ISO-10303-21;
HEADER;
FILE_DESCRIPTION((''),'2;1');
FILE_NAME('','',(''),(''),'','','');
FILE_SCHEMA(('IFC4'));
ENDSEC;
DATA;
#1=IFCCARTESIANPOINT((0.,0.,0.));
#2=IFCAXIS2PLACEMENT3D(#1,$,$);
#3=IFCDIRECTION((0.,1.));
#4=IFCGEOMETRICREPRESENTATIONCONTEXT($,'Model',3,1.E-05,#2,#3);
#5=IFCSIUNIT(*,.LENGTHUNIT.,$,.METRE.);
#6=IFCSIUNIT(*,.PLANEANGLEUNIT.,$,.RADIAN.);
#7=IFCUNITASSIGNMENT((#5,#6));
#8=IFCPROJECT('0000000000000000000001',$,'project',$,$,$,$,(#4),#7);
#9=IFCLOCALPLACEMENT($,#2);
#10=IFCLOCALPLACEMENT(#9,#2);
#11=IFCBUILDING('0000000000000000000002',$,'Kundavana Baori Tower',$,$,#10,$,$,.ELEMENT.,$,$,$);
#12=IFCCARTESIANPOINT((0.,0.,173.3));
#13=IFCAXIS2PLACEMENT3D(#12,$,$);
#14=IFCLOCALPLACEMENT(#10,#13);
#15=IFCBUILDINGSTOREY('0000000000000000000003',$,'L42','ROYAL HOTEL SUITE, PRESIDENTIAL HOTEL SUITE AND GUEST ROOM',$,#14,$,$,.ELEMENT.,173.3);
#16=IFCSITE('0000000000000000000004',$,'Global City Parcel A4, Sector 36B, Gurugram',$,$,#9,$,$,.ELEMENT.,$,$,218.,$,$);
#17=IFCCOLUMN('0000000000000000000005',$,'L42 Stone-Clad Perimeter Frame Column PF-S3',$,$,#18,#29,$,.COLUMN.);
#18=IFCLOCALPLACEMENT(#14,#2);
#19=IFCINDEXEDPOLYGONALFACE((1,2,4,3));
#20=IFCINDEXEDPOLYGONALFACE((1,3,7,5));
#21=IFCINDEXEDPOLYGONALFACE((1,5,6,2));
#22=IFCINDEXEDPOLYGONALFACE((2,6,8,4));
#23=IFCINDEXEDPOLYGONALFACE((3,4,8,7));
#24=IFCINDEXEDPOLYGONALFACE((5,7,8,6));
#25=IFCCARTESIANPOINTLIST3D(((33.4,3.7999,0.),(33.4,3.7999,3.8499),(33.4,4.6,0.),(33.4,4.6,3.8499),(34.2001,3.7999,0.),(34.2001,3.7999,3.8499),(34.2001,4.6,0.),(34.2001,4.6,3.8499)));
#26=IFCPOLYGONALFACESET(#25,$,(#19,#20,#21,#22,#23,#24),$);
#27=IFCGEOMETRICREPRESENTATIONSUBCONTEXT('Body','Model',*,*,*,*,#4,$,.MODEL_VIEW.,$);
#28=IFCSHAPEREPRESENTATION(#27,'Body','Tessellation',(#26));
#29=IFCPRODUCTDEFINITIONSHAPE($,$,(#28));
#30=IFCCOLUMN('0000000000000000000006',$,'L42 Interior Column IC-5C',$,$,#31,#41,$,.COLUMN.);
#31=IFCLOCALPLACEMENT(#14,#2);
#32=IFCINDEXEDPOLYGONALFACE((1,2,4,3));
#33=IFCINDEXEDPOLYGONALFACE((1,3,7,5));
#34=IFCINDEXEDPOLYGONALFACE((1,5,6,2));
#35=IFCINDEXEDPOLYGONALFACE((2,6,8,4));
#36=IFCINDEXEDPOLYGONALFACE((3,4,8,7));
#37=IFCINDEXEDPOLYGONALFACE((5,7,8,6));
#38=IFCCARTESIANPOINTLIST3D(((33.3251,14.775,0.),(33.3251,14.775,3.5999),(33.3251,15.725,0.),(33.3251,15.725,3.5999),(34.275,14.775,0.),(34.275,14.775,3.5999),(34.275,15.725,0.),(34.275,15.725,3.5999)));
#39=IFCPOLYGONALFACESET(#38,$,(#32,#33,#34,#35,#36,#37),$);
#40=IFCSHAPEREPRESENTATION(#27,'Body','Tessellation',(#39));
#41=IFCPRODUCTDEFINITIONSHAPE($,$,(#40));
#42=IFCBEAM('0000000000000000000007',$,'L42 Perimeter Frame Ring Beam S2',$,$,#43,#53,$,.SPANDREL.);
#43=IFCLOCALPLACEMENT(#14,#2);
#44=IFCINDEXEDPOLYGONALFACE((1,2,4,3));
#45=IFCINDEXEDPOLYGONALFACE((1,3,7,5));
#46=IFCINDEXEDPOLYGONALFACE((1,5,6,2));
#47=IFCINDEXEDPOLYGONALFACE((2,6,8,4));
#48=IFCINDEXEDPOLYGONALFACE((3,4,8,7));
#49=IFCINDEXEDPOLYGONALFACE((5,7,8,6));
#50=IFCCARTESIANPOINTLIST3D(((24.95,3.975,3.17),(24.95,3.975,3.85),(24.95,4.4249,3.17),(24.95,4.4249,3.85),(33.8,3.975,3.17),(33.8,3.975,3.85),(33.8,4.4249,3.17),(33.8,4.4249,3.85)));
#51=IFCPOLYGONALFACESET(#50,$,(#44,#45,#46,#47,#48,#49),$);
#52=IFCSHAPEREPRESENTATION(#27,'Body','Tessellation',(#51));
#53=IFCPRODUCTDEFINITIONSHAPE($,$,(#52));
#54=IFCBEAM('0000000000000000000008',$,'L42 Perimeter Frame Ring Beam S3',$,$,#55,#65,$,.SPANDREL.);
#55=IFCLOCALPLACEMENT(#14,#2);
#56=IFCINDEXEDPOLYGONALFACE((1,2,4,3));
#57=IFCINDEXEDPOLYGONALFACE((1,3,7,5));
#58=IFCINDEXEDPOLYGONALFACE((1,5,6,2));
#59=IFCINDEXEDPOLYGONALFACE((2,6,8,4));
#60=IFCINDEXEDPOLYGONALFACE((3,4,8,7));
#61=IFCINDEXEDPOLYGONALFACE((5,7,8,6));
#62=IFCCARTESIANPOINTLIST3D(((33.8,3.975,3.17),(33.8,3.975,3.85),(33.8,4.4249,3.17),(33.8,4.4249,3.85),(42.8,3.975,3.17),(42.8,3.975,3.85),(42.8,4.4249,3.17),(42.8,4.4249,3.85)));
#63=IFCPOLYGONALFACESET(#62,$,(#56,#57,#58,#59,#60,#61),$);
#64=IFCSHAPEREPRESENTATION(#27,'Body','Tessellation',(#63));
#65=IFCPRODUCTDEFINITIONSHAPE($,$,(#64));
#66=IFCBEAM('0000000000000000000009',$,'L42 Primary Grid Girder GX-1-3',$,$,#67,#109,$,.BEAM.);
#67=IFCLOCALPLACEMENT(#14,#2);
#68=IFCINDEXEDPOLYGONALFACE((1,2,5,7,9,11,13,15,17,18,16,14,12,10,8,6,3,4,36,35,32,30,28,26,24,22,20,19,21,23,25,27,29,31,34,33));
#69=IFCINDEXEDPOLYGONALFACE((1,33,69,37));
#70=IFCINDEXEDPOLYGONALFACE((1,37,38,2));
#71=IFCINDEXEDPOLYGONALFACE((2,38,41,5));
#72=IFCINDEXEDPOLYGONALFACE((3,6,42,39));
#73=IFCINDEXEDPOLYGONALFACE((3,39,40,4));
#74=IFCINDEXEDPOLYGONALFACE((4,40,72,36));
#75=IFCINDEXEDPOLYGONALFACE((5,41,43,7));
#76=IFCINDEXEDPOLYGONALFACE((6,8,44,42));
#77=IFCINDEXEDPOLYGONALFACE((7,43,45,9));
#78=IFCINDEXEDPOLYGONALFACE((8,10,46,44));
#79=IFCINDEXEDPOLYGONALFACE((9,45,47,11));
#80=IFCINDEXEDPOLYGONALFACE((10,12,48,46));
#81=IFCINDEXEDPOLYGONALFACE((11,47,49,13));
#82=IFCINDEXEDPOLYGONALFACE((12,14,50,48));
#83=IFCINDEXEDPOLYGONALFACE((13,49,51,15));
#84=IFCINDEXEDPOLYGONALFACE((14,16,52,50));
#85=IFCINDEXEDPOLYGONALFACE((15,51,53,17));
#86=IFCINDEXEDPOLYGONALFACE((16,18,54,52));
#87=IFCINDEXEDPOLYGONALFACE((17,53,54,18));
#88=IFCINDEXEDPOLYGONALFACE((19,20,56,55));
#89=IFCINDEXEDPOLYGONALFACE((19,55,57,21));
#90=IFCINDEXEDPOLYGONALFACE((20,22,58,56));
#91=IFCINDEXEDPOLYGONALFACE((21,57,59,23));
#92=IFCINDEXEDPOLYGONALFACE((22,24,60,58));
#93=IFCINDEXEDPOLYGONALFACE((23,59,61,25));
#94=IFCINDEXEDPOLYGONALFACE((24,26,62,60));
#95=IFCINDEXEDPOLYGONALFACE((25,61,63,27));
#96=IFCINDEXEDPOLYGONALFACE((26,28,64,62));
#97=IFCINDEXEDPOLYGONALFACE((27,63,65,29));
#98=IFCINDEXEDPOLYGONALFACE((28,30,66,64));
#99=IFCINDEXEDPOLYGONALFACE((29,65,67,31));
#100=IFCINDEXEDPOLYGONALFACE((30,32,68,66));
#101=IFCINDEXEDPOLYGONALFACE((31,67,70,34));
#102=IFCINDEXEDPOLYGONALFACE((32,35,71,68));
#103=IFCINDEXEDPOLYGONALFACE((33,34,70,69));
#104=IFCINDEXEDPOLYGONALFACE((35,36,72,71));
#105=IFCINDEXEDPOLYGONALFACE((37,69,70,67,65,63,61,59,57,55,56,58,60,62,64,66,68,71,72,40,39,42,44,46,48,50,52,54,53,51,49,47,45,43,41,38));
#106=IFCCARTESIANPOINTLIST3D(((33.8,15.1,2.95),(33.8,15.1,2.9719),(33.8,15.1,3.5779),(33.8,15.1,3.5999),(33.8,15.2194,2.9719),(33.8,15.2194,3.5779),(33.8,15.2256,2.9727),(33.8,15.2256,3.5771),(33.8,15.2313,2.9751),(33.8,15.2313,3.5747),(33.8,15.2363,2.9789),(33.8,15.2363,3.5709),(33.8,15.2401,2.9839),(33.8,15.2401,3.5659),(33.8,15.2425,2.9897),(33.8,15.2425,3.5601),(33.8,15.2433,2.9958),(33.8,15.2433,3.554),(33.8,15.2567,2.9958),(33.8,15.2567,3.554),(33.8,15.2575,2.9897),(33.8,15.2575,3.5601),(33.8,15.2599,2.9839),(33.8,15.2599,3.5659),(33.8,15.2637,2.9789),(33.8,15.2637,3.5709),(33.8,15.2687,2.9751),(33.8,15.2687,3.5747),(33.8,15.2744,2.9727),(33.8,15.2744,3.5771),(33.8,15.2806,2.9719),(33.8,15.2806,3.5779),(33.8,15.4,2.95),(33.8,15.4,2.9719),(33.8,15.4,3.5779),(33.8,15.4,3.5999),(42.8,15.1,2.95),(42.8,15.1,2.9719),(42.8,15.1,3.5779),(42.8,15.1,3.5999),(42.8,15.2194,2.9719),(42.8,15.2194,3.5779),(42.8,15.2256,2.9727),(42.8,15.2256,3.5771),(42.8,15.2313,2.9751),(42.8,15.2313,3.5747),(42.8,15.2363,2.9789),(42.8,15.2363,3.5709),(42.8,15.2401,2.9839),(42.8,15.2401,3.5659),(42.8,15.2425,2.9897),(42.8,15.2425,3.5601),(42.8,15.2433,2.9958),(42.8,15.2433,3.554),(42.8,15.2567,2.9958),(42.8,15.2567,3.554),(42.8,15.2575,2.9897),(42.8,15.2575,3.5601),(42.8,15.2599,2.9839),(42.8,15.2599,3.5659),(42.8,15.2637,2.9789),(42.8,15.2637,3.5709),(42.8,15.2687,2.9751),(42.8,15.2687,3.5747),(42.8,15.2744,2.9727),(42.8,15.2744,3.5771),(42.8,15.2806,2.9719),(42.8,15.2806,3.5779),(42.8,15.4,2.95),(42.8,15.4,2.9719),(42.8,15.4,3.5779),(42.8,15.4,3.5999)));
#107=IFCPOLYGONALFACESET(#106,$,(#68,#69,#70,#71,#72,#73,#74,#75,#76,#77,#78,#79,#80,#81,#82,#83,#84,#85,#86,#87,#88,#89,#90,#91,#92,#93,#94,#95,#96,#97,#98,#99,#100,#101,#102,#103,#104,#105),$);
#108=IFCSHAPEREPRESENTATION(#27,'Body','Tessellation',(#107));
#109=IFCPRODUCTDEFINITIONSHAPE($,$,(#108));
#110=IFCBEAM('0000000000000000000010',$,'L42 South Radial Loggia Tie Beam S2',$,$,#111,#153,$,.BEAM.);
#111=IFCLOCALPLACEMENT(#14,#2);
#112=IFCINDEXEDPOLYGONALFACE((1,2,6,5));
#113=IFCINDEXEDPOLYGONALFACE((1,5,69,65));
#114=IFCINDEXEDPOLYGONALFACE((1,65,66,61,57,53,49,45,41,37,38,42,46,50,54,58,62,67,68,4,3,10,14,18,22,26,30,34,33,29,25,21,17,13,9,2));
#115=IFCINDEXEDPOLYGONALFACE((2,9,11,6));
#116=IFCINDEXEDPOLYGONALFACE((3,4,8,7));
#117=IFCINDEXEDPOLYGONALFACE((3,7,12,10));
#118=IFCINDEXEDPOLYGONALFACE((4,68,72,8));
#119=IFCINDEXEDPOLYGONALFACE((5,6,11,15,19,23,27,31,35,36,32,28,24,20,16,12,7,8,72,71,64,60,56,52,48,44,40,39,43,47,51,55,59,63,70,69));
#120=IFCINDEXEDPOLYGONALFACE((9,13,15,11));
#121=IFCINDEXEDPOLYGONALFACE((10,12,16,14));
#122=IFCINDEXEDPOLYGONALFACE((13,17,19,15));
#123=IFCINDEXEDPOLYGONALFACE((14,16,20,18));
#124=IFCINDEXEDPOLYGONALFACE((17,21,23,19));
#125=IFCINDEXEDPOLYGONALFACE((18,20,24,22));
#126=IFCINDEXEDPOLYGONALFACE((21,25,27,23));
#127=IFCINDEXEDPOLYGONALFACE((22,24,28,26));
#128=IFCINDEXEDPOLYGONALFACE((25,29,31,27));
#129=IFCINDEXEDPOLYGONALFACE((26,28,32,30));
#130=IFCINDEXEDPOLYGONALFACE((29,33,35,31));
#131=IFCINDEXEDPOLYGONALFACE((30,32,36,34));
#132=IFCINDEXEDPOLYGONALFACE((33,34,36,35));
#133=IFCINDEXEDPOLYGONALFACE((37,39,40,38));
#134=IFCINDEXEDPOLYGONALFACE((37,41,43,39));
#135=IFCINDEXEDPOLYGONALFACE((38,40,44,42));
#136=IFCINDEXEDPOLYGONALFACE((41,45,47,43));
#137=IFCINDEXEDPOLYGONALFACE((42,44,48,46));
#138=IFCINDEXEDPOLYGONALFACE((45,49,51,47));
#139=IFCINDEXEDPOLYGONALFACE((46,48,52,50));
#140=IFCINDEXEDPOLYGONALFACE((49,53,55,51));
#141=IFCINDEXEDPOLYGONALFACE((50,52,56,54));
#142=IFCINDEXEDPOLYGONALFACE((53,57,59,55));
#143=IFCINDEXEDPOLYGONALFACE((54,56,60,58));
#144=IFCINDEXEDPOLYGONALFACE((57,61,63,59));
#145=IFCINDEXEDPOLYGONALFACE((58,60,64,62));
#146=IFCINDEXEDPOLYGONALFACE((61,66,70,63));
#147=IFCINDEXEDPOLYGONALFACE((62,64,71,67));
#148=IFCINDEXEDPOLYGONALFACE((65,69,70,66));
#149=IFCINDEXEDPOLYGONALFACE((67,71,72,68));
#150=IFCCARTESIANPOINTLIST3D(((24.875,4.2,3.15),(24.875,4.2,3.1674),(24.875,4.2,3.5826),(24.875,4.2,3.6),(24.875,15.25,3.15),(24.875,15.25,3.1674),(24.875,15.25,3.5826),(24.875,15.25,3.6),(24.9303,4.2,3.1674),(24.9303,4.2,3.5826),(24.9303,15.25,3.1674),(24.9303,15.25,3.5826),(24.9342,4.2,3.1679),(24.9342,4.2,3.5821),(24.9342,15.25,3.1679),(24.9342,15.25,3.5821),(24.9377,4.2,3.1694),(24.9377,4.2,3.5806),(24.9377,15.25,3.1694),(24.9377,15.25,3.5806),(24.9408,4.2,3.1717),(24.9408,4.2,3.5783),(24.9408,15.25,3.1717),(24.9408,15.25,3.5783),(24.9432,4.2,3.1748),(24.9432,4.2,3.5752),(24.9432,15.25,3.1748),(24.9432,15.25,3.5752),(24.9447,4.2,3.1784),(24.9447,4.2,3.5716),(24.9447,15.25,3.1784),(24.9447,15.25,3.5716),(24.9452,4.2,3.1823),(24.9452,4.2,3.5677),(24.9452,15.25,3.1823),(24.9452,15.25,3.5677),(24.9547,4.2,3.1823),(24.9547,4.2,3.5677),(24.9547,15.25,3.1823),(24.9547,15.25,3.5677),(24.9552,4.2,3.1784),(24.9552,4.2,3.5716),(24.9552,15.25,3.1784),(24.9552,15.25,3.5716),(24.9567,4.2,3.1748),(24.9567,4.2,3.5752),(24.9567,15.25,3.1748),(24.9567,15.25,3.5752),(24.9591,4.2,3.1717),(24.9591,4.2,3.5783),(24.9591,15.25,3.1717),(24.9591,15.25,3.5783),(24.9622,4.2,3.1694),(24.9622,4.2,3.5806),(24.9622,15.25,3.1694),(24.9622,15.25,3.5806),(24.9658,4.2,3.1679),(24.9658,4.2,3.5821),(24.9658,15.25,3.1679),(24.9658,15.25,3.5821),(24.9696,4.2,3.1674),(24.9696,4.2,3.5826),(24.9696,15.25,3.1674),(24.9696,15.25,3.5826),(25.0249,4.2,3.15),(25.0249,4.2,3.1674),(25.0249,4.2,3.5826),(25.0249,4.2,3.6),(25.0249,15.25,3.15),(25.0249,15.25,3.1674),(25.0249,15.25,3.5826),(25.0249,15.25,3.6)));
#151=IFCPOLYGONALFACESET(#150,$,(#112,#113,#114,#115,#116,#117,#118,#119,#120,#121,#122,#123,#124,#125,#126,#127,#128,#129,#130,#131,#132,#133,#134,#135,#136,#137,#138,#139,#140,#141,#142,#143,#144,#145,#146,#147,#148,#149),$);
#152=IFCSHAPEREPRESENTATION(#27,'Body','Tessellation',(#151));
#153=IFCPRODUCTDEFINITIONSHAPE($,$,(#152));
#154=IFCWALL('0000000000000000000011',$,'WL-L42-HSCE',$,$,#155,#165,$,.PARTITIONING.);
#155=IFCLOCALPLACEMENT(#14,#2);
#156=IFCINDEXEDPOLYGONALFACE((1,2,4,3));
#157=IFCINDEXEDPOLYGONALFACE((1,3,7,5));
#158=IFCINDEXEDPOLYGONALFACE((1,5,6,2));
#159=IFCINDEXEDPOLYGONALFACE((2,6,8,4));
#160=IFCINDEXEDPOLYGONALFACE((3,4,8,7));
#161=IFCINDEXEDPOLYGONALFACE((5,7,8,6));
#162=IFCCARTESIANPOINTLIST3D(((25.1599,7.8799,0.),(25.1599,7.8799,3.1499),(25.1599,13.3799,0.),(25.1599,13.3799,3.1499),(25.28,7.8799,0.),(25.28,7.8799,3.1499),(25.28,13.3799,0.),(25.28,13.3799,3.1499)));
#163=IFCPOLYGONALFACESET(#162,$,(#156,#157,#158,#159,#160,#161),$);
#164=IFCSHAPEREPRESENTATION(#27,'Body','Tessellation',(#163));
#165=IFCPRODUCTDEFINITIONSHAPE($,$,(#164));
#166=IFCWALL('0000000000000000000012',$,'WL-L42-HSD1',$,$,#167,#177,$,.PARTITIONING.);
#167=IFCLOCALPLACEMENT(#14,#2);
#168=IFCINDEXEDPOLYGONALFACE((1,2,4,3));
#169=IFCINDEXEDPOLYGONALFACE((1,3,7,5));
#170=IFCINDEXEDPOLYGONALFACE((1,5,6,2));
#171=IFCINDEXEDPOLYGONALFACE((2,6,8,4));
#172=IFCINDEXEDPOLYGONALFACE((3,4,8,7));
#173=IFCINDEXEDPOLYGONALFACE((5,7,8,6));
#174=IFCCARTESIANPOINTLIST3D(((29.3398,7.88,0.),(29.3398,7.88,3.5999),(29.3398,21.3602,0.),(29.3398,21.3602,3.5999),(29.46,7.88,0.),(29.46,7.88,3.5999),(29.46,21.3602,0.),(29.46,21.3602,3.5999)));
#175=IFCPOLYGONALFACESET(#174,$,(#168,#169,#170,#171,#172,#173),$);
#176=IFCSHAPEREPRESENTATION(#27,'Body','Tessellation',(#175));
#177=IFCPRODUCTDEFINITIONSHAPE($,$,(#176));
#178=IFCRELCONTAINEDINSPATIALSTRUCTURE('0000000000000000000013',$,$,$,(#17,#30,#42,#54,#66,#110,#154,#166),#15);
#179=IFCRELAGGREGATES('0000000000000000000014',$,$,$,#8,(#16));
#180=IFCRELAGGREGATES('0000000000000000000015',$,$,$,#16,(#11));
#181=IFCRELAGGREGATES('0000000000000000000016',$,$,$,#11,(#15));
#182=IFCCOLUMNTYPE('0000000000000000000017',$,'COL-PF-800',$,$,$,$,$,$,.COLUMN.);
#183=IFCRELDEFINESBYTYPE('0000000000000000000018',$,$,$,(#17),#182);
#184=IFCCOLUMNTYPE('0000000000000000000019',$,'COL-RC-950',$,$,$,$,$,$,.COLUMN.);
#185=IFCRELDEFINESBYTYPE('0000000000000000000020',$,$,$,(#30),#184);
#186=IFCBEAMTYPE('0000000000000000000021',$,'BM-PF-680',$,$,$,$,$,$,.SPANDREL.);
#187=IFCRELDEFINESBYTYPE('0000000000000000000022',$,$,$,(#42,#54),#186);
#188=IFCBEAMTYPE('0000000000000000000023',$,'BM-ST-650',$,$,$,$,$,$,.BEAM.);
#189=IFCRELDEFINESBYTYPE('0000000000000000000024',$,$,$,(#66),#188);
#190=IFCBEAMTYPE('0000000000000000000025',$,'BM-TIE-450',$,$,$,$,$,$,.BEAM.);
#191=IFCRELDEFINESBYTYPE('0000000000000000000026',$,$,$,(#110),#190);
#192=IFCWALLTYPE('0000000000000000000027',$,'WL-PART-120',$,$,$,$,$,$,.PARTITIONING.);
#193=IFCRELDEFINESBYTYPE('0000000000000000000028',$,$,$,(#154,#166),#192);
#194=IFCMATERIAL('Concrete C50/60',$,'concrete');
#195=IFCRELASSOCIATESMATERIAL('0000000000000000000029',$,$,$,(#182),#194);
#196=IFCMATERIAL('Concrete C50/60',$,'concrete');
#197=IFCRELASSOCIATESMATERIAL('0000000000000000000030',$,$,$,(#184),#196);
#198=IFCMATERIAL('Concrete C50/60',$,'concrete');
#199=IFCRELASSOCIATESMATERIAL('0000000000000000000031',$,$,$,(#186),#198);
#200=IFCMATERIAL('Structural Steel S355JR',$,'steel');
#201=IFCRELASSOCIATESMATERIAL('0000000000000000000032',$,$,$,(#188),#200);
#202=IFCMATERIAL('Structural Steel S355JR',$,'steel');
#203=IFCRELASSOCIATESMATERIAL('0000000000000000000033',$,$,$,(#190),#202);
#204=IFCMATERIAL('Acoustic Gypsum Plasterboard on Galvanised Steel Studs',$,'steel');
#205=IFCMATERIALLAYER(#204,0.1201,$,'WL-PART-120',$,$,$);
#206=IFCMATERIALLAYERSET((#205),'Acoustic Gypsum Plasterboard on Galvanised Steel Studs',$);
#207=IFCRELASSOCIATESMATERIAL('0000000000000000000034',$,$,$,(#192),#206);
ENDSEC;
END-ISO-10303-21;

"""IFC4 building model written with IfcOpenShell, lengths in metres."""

from ifc_helpers import new_model, si_unit, direction, frame, frame_2d, origin, origin_2d, place, context, subcontext, project, spatial, rectangle, i_section, extrude, material, layer, layer_set, material_profile, profile_set, type_object, element, save


model = new_model("IFC4")

# Units and contexts
model_context = context("Model", 3, precision=1e-05, world=origin(), true_north=direction((0.0, 1.0)))
body_context = subcontext(model_context, "Body", "Model", "MODEL_VIEW")
ifc_project = project(units=[si_unit("LENGTHUNIT", "METRE"), si_unit("PLANEANGLEUNIT", "RADIAN")], contexts=[model_context])

# Site, building, storey
site_placement = place(None, origin())
site = spatial("IfcSite", under=ifc_project, at=site_placement, Name="Global City Parcel A4, Sector 36B, Gurugram", CompositionType="ELEMENT", RefElevation=218.0)
building_placement = place(site_placement, origin())
building = spatial("IfcBuilding", under=site, at=building_placement, Name="Kundavana Baori Tower", CompositionType="ELEMENT")
storey_placement = place(building_placement, frame((0.0, 0.0, 173.3)))
storey = spatial("IfcBuildingStorey", under=building, at=storey_placement, Name="L42", Description="ROYAL HOTEL SUITE, PRESIDENTIAL HOTEL SUITE AND GUEST ROOM", CompositionType="ELEMENT", Elevation=173.3)

# Columns
ifc_material_1 = material(Name="Concrete C50/60", Category="concrete")
ifc_material_profile_1 = material_profile(ifc_material_1, rectangle(XDim=0.8, YDim=0.8, at=origin_2d()), Name="RC PF 800x800")
ifc_profile_set_1 = profile_set([ifc_material_profile_1], Name="Concrete C50/60")
column_type_1 = type_object("IfcColumnType", Name="COL-PF-800", PredefinedType="COLUMN", material=ifc_profile_set_1)
column_1_placement = place(storey_placement, frame((33.8, 4.2, 0.0), z_axis=(0.0, 0.0, 1.0), x_axis=(1.0, 0.0, 0.0)))
element("IfcColumn", 1, at=column_1_placement, inside=storey, type_object=column_type_1, Name="L42 Stone-Clad Perimeter Frame Column PF-S3", PredefinedType="COLUMN", context=body_context, shape_type="SweptSolid", body=[
    extrude(rectangle(XDim=0.8, YDim=0.8, at=origin_2d()), origin(), (0.0, 0.0, 1.0), 3.8499),
])
ifc_material_2 = material(Name="Concrete C50/60", Category="concrete")
ifc_material_profile_2 = material_profile(ifc_material_2, rectangle(XDim=0.95, YDim=0.95, at=origin_2d()), Name="RC 950x950")
ifc_profile_set_2 = profile_set([ifc_material_profile_2], Name="Concrete C50/60")
column_type_2 = type_object("IfcColumnType", Name="COL-RC-950", PredefinedType="COLUMN", material=ifc_profile_set_2)
column_2_placement = place(storey_placement, frame((33.8, 15.25, 0.0), z_axis=(0.0, 0.0, 1.0), x_axis=(1.0, 0.0, 0.0)))
element("IfcColumn", 2, at=column_2_placement, inside=storey, type_object=column_type_2, Name="L42 Interior Column IC-5C", PredefinedType="COLUMN", context=body_context, shape_type="SweptSolid", body=[
    extrude(rectangle(XDim=0.95, YDim=0.95, at=origin_2d()), origin(), (0.0, 0.0, 1.0), 3.5999),
])

# Beams
ifc_material_3 = material(Name="Concrete C50/60", Category="concrete")
ifc_material_profile_3 = material_profile(ifc_material_3, rectangle(XDim=0.45, YDim=0.6799, at=origin_2d()), Name="RC BM 450x680")
ifc_profile_set_3 = profile_set([ifc_material_profile_3], Name="Concrete C50/60")
beam_type_1 = type_object("IfcBeamType", Name="BM-PF-680", PredefinedType="SPANDREL", material=ifc_profile_set_3)
beam_1_placement = place(storey_placement, frame((24.95, 4.2, 3.51), z_axis=(1.0, 0.0, 0.0), x_axis=(0.0, 1.0, 0.0)))
element("IfcBeam", 3, at=beam_1_placement, inside=storey, type_object=beam_type_1, Name="L42 Perimeter Frame Ring Beam S2", PredefinedType="SPANDREL", context=body_context, shape_type="SweptSolid", body=[
    extrude(rectangle(XDim=0.45, YDim=0.6799, at=origin_2d()), origin(), (0.0, 0.0, 1.0), 8.8501),
])
beam_2_placement = place(storey_placement, frame((33.8, 4.2, 3.51), z_axis=(1.0, 0.0, 0.0), x_axis=(0.0, 1.0, 0.0)))
element("IfcBeam", 4, at=beam_2_placement, inside=storey, type_object=beam_type_1, Name="L42 Perimeter Frame Ring Beam S3", PredefinedType="SPANDREL", context=body_context, shape_type="SweptSolid", body=[
    extrude(rectangle(XDim=0.45, YDim=0.6799, at=origin_2d()), origin(), (0.0, 0.0, 1.0), 9.0),
])
ifc_material_4 = material(Name="Structural Steel S355JR", Category="steel")
ifc_material_profile_4 = material_profile(ifc_material_4, i_section(OverallWidth=0.3, OverallDepth=0.6499, WebThickness=0.0134, FlangeThickness=0.022, FilletRadius=0.0239, at=origin_2d()), Name="NPB 650x300x155")
ifc_profile_set_4 = profile_set([ifc_material_profile_4], Name="Structural Steel S355JR")
beam_type_2 = type_object("IfcBeamType", Name="BM-ST-650", PredefinedType="BEAM", material=ifc_profile_set_4)
beam_3_placement = place(storey_placement, frame((33.8, 15.25, 3.2749), z_axis=(1.0, 0.0, 0.0), x_axis=(0.0, 1.0, 0.0)))
element("IfcBeam", 5, at=beam_3_placement, inside=storey, type_object=beam_type_2, Name="L42 Primary Grid Girder GX-1-3", PredefinedType="BEAM", context=body_context, shape_type="SweptSolid", body=[
    extrude(i_section(OverallWidth=0.3, OverallDepth=0.6499, WebThickness=0.0134, FlangeThickness=0.022, FilletRadius=0.0239, at=origin_2d()), origin(), (0.0, 0.0, 1.0), 9.0),
])
ifc_material_5 = material(Name="Structural Steel S355JR", Category="steel")
ifc_material_profile_5 = material_profile(ifc_material_5, i_section(OverallWidth=0.1499, OverallDepth=0.45, WebThickness=0.0095, FlangeThickness=0.0173, FilletRadius=0.0149, at=origin_2d()), Name="ISMB 450")
ifc_profile_set_5 = profile_set([ifc_material_profile_5], Name="Structural Steel S355JR")
beam_type_3 = type_object("IfcBeamType", Name="BM-TIE-450", PredefinedType="BEAM", material=ifc_profile_set_5)
beam_4_placement = place(storey_placement, frame((24.95, 15.25, 3.375), z_axis=(0.0, -1.0, 0.0), x_axis=(1.0, 0.0, 0.0)))
element("IfcBeam", 6, at=beam_4_placement, inside=storey, type_object=beam_type_3, Name="L42 South Radial Loggia Tie Beam S2", PredefinedType="BEAM", context=body_context, shape_type="SweptSolid", body=[
    extrude(i_section(OverallWidth=0.1499, OverallDepth=0.45, WebThickness=0.0095, FlangeThickness=0.0173, FilletRadius=0.0149, at=origin_2d()), origin(), (0.0, 0.0, 1.0), 11.05),
])

# Walls
ifc_material_6 = material(Name="Acoustic Gypsum Plasterboard on Galvanised Steel Studs", Category="steel")
ifc_layer_1 = layer(ifc_material_6, 0.1201, Name="WL-PART-120")
ifc_layer_set_1 = layer_set([ifc_layer_1], Name="Acoustic Gypsum Plasterboard on Galvanised Steel Studs")
wall_type_1 = type_object("IfcWallType", Name="WL-PART-120", PredefinedType="PARTITIONING", material=ifc_layer_set_1)
wall_1_placement = place(storey_placement, frame((25.22, 7.8799, 0.0), z_axis=(0.0, 0.0, 1.0), x_axis=(0.0, 1.0, 0.0)))
element("IfcWall", 7, at=wall_1_placement, inside=storey, type_object=wall_type_1, Name="WL-L42-HSCE", PredefinedType="PARTITIONING", context=body_context, shape_type="SweptSolid", body=[
    extrude(rectangle(XDim=5.5, YDim=0.1201, at=frame_2d((2.75, 0.0))), origin(), (0.0, 0.0, 1.0), 3.1499),
])
wall_2_placement = place(storey_placement, frame((29.3999, 7.8799, 0.0), z_axis=(0.0, 0.0, 1.0), x_axis=(0.0, 1.0, 0.0)))
element("IfcWall", 8, at=wall_2_placement, inside=storey, type_object=wall_type_1, Name="WL-L42-HSD1", PredefinedType="PARTITIONING", context=body_context, shape_type="SweptSolid", body=[
    extrude(rectangle(XDim=13.4802, YDim=0.1201, at=frame_2d((6.7402, 0.0))), origin(), (0.0, 0.0, 1.0), 3.5999),
])

save(model, "model.ifc")
